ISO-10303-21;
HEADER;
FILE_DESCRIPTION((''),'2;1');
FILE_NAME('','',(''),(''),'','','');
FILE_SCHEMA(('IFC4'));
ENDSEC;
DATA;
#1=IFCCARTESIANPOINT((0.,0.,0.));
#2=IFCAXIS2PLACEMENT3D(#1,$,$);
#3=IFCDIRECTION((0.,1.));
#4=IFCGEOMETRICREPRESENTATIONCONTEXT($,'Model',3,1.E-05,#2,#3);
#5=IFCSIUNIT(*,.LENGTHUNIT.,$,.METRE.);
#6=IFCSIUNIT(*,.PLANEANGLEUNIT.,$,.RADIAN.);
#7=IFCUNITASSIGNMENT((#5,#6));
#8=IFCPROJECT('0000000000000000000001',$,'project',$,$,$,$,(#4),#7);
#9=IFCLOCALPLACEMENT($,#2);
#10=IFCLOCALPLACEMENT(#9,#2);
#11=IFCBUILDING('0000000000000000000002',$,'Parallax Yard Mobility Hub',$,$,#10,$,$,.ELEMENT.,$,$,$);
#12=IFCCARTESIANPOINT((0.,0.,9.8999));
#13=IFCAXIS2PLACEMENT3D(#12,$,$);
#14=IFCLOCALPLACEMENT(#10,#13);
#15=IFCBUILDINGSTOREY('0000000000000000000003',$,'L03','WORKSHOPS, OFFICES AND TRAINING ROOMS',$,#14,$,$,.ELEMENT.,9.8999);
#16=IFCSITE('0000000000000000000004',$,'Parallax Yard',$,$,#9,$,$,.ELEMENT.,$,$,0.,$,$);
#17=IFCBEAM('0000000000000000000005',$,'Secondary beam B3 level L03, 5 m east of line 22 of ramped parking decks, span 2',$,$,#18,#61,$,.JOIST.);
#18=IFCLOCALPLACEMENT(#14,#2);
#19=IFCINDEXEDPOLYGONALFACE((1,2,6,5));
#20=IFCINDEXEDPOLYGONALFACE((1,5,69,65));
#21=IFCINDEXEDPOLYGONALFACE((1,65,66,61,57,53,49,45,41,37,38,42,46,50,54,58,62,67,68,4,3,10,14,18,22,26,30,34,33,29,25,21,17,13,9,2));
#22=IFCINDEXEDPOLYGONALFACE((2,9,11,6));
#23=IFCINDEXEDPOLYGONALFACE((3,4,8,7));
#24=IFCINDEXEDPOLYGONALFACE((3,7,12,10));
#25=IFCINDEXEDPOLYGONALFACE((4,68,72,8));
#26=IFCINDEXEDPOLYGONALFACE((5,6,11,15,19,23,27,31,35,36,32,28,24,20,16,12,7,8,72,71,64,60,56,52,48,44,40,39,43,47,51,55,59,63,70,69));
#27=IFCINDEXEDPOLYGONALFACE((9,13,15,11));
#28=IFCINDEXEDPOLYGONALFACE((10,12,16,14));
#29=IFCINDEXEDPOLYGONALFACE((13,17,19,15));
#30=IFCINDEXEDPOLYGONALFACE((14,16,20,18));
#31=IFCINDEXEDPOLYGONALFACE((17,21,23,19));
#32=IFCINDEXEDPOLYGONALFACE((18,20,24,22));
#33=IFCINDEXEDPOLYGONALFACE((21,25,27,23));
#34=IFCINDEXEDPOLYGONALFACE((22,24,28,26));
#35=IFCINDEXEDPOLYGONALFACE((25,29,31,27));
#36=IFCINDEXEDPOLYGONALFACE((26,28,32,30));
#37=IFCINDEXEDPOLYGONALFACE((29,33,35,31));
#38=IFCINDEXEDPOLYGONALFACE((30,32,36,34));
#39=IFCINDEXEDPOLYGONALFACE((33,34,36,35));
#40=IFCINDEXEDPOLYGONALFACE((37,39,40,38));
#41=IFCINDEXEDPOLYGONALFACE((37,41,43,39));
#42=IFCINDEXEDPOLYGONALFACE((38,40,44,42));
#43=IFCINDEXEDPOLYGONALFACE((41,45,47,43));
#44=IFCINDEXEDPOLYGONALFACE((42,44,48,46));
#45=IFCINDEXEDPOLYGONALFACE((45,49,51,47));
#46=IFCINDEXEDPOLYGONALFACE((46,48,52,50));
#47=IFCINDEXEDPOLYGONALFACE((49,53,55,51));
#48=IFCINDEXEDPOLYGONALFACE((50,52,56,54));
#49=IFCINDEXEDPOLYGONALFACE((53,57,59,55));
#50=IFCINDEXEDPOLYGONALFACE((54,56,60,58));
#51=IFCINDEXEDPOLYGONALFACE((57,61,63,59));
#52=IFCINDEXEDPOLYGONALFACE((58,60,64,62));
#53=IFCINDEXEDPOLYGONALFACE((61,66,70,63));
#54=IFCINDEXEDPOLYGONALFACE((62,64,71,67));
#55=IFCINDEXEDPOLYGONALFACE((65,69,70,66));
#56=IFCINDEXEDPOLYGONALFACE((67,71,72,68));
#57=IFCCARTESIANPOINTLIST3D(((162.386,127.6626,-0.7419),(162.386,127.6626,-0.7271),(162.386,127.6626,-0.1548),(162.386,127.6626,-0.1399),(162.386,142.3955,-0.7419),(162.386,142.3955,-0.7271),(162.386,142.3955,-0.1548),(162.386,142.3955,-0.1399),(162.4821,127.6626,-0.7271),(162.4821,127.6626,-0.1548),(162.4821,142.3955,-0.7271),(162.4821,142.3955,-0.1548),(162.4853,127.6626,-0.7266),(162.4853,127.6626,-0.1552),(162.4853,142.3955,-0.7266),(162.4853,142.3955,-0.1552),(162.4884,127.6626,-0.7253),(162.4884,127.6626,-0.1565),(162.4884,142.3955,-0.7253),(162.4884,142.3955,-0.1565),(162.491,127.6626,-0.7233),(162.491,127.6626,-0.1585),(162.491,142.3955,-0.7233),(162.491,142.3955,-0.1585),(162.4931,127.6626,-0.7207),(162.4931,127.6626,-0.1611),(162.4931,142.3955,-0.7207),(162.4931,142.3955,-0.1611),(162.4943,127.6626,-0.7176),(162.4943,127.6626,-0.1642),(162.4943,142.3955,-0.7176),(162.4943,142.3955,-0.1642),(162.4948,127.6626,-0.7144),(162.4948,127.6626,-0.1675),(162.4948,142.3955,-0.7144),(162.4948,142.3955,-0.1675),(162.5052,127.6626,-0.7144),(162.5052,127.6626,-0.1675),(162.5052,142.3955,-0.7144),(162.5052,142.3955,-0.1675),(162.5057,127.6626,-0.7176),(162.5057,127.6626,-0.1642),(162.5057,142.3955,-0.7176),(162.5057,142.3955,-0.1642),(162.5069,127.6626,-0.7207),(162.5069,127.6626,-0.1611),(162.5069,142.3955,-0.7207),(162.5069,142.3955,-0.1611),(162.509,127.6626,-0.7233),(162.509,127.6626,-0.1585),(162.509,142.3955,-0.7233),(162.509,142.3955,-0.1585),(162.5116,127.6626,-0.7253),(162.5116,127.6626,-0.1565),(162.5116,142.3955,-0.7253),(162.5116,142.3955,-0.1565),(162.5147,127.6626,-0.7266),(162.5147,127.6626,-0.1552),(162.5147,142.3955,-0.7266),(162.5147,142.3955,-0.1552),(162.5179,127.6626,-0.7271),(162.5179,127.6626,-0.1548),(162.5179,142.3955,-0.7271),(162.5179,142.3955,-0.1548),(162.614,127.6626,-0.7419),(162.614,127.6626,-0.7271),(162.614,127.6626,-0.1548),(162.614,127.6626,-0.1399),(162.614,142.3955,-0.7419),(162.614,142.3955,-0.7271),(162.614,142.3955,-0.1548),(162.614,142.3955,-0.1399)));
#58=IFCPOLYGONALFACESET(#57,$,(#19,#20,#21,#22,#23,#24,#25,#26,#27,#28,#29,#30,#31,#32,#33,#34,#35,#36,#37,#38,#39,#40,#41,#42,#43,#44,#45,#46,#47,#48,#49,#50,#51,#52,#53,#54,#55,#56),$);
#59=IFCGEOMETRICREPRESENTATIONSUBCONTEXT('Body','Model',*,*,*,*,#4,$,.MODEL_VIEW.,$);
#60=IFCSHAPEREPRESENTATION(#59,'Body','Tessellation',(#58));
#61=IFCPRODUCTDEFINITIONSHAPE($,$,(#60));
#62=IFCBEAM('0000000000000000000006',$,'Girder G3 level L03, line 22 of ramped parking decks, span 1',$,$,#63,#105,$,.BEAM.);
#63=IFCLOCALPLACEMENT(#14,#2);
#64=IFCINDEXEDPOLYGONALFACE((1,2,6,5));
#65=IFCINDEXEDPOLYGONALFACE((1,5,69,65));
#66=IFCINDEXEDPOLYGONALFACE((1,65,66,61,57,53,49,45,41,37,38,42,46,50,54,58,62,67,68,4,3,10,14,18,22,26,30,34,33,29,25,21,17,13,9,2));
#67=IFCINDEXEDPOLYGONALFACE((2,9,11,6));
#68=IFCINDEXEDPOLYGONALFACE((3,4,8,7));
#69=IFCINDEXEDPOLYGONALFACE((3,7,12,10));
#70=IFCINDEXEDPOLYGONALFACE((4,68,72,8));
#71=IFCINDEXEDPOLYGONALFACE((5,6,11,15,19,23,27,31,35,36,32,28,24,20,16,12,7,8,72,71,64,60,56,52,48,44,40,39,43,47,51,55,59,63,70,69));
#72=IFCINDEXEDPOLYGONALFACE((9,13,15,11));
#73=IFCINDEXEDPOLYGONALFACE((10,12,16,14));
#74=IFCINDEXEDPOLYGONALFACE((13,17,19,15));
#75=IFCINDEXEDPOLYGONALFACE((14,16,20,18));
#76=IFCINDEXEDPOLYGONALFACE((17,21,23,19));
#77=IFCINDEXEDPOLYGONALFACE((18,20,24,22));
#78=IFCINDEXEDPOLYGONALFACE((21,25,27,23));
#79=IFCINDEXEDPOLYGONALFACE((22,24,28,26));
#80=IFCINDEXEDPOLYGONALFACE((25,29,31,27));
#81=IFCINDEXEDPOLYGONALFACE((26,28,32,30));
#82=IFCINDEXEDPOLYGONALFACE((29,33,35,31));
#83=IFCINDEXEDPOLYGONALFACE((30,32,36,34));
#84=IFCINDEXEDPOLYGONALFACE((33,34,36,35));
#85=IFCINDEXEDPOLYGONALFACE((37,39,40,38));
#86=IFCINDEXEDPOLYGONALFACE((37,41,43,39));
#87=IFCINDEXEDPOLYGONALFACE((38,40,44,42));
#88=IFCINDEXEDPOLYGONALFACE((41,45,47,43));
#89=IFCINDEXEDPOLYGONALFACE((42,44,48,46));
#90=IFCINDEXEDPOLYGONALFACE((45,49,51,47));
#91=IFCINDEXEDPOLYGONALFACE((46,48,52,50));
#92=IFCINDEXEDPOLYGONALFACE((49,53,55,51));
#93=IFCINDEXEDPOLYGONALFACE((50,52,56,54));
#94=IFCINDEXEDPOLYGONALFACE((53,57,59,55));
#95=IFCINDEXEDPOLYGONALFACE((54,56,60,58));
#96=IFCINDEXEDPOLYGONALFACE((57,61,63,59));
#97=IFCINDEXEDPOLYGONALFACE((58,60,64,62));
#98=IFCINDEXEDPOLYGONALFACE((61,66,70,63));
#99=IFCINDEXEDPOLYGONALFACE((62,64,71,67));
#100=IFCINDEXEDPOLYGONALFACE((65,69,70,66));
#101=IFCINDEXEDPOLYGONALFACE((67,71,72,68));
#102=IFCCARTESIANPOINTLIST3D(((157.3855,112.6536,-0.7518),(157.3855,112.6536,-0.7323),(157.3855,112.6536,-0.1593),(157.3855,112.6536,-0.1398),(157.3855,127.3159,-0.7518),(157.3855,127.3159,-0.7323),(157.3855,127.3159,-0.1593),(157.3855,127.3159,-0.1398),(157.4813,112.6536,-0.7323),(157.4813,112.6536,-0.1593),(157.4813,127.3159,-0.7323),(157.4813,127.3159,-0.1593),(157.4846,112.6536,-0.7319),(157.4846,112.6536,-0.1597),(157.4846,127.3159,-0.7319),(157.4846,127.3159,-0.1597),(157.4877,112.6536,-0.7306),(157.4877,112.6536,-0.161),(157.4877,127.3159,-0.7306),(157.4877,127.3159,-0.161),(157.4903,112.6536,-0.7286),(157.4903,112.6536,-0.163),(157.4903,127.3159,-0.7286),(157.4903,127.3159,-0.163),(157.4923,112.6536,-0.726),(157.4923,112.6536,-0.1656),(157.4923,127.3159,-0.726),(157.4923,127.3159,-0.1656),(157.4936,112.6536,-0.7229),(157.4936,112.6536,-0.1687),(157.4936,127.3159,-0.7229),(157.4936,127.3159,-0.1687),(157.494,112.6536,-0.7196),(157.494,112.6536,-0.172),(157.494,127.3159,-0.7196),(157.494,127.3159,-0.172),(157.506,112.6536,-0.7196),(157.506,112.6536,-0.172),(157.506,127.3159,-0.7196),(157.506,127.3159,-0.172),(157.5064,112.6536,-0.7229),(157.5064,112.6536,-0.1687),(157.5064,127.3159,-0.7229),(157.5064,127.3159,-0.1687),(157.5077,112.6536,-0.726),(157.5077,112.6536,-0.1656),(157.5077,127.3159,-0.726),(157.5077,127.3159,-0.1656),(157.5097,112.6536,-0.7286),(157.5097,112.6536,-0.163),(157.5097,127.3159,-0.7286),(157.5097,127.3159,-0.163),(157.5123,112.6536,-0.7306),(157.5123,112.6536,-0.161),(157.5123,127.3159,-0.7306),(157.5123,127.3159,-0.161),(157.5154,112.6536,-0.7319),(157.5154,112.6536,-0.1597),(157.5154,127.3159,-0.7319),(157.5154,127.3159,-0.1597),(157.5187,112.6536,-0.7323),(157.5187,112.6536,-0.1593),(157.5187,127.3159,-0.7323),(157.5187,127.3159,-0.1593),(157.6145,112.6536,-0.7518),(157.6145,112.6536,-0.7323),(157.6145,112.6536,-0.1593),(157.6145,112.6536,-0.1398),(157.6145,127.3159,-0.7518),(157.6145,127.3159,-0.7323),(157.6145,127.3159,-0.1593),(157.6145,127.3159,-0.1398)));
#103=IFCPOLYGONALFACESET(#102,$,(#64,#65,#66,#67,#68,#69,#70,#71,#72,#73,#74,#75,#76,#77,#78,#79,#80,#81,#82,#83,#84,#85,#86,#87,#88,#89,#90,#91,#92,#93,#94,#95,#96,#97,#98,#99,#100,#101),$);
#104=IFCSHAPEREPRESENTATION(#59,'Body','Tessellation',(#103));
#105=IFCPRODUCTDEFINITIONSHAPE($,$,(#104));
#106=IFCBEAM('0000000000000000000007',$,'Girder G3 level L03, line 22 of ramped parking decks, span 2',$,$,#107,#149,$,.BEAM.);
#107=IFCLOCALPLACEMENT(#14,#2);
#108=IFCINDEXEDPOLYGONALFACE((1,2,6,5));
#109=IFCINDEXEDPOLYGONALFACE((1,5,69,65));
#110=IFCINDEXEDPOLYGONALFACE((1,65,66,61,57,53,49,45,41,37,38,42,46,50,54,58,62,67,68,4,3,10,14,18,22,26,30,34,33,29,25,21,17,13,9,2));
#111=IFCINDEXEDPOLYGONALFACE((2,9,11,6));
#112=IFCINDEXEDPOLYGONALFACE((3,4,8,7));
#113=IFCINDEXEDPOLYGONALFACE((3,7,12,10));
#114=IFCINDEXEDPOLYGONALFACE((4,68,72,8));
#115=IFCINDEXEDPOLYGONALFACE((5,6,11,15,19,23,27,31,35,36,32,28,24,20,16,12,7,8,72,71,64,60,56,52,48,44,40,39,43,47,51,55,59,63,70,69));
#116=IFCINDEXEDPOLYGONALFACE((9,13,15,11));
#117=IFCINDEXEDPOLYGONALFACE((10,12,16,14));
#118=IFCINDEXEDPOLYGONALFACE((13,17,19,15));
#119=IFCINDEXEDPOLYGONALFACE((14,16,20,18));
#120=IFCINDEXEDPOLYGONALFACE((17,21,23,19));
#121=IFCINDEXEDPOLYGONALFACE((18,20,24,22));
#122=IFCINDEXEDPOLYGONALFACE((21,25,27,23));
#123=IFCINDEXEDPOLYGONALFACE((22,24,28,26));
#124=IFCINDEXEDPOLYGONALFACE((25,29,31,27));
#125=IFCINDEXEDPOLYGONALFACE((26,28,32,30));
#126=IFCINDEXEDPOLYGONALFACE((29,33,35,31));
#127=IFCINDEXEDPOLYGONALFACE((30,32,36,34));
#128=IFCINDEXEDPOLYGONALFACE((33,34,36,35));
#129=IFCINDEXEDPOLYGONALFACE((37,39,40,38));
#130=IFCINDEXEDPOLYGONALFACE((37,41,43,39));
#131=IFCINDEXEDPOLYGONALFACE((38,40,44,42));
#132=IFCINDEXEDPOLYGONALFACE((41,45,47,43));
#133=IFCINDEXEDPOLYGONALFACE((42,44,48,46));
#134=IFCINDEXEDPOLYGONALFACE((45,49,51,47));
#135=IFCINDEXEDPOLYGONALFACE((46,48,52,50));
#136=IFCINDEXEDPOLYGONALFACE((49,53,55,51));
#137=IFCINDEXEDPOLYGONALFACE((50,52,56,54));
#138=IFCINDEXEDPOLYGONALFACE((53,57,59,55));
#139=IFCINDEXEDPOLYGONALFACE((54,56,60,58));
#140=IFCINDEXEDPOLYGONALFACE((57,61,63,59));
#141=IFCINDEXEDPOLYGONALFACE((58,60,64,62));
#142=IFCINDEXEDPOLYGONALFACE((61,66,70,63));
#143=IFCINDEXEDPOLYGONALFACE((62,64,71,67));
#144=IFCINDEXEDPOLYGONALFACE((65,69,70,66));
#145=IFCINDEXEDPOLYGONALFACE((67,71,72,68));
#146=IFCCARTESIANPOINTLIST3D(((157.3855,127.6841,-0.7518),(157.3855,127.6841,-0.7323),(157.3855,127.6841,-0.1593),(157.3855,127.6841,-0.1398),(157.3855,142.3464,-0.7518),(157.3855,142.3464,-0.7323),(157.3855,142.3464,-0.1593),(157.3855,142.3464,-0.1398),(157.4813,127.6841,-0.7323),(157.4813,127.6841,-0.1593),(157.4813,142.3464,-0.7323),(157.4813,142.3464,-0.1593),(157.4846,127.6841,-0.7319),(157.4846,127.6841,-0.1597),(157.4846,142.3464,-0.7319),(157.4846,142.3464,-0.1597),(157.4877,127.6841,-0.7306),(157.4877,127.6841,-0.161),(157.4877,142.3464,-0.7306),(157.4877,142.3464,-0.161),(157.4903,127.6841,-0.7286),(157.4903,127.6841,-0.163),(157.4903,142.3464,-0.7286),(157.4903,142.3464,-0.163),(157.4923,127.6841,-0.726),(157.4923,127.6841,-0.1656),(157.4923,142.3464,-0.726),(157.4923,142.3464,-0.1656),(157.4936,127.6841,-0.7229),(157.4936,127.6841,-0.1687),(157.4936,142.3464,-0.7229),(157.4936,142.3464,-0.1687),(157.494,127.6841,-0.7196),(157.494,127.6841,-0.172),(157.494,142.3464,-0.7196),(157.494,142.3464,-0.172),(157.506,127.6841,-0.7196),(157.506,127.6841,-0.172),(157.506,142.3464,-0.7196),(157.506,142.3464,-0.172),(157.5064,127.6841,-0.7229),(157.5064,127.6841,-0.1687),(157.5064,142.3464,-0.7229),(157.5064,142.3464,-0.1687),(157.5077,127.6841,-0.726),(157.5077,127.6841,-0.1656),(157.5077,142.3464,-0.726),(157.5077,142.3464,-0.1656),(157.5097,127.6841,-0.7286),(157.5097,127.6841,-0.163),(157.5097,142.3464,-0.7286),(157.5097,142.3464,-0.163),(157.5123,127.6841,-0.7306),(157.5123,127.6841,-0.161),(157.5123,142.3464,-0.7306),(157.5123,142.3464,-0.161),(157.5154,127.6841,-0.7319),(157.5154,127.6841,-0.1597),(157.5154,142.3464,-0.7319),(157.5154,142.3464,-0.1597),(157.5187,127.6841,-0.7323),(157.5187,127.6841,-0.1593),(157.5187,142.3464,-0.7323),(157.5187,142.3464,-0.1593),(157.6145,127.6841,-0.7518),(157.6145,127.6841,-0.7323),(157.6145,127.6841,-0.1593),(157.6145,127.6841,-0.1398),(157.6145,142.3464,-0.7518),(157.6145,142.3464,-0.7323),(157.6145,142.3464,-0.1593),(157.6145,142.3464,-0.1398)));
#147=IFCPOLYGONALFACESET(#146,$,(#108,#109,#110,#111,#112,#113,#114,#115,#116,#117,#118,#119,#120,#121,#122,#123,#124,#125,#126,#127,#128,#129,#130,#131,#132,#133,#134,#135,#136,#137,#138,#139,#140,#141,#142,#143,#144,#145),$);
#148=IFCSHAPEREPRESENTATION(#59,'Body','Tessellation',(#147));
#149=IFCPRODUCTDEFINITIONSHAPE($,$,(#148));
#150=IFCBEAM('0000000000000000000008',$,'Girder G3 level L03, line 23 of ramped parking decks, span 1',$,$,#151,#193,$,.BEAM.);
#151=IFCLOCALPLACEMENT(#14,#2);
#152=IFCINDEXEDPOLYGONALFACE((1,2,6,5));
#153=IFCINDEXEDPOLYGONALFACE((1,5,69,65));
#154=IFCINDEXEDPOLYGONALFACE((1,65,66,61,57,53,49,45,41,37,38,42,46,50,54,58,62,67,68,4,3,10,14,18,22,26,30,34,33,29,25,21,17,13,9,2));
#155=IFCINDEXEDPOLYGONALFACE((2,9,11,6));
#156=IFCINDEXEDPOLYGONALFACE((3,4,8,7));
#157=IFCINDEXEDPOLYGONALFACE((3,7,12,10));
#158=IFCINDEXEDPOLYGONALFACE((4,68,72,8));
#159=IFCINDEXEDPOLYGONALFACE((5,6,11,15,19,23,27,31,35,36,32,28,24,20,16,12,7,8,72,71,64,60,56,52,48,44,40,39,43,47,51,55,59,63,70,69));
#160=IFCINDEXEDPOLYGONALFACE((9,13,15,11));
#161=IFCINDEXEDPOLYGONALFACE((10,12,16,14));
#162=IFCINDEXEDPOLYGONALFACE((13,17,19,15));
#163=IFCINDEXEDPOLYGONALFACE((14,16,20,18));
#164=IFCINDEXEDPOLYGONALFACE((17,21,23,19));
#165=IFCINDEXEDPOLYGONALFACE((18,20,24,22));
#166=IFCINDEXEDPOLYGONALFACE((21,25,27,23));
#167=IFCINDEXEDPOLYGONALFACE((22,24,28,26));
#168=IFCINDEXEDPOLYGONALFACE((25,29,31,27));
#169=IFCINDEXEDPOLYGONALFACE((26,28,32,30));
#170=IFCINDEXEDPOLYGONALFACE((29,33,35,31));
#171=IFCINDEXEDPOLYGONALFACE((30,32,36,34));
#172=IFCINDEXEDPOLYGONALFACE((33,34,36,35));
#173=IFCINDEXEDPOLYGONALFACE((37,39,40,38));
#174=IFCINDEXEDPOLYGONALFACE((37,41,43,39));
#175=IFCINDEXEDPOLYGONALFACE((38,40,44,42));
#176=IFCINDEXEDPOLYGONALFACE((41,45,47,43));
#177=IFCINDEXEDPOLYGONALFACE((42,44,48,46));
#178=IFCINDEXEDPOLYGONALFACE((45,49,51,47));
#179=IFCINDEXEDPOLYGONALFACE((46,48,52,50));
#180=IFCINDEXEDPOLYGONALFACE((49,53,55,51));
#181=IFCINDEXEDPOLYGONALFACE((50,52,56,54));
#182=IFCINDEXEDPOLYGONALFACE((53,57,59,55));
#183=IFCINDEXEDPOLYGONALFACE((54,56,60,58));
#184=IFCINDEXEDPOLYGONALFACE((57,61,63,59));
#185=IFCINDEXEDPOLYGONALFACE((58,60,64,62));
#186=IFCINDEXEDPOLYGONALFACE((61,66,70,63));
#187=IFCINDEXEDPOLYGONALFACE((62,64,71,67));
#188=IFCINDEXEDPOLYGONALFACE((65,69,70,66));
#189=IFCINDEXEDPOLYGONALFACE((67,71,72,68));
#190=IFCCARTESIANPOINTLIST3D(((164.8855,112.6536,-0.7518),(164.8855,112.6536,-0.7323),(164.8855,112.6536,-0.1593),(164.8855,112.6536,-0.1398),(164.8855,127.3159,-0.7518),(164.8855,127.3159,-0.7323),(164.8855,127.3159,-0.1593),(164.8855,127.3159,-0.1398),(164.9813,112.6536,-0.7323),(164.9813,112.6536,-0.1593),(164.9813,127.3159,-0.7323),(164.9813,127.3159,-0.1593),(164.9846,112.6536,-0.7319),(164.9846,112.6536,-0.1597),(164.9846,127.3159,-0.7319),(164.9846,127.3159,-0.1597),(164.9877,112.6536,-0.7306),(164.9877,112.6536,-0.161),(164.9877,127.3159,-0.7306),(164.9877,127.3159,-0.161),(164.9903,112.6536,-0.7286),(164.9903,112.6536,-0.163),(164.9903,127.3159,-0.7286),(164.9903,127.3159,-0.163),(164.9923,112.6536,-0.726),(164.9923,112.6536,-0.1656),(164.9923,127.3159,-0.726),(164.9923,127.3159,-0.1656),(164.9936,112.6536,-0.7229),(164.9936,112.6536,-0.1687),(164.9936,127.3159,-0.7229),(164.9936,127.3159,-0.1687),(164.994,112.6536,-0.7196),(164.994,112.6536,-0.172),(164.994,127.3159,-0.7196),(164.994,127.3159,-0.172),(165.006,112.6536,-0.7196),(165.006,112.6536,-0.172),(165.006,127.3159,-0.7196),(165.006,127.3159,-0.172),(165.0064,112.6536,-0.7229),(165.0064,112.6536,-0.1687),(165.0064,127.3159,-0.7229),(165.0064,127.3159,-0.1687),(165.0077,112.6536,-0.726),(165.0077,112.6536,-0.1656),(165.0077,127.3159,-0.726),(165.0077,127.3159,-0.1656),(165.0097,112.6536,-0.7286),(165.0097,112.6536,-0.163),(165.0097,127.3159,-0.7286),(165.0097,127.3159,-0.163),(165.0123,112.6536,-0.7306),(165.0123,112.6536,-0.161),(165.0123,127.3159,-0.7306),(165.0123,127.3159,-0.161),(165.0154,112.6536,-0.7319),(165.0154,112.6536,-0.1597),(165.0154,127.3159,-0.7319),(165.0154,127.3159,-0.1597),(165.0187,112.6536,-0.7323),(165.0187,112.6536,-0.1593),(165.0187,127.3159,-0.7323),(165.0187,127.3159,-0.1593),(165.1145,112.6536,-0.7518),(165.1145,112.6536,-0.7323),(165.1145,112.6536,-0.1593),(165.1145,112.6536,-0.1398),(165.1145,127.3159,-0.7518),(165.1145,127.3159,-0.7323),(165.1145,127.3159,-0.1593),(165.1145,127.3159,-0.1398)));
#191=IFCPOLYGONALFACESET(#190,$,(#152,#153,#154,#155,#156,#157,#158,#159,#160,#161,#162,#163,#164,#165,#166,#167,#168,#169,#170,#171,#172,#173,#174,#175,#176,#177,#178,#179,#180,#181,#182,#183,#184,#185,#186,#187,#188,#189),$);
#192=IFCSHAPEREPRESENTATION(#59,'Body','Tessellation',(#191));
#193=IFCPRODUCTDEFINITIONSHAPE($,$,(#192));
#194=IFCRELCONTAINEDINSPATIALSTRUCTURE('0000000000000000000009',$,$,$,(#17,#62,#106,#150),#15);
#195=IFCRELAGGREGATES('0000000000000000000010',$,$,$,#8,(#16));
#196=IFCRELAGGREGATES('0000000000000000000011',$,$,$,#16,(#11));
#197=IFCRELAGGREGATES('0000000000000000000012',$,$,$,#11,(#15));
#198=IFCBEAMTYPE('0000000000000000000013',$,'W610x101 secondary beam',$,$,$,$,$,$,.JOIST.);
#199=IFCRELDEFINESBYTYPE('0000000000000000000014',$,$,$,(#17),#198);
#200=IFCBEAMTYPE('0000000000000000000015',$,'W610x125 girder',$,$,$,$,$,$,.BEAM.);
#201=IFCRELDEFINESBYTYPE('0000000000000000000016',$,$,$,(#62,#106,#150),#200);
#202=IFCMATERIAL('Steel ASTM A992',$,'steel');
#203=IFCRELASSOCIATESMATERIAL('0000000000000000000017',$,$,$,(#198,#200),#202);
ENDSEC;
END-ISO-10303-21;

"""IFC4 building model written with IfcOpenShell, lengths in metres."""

from ifc_helpers import new_model, si_unit, direction, frame, origin, origin_2d, place, context, subcontext, project, spatial, i_section, extrude, material, material_profile, profile_set, type_object, element, save


model = new_model("IFC4")

# Units and contexts
model_context = context("Model", 3, precision=1e-05, world=origin(), true_north=direction((0.0, 1.0)))
body_context = subcontext(model_context, "Body", "Model", "MODEL_VIEW")
ifc_project = project(units=[si_unit("LENGTHUNIT", "METRE"), si_unit("PLANEANGLEUNIT", "RADIAN")], contexts=[model_context])

# Site, building, storey
site_placement = place(None, origin())
site = spatial("IfcSite", under=ifc_project, at=site_placement, Name="Parallax Yard", CompositionType="ELEMENT", RefElevation=0.0)
building_placement = place(site_placement, origin())
building = spatial("IfcBuilding", under=site, at=building_placement, Name="Parallax Yard Mobility Hub", CompositionType="ELEMENT")
storey_placement = place(building_placement, frame((0.0, 0.0, 9.8999)))
storey = spatial("IfcBuildingStorey", under=building, at=storey_placement, Name="L03", Description="WORKSHOPS, OFFICES AND TRAINING ROOMS", CompositionType="ELEMENT", Elevation=9.8999)

# Shared definitions
ifc_material_1 = material(Name="Steel ASTM A992", Category="steel")

# Beams
ifc_material_profile_1 = material_profile(ifc_material_1, i_section(OverallWidth=0.228, OverallDepth=0.6021, WebThickness=0.0105, FlangeThickness=0.0149, FilletRadius=0.0127, at=origin_2d()), Name="W610x101")
ifc_profile_set_1 = profile_set([ifc_material_profile_1], Name="Steel ASTM A992")
beam_type_1 = type_object("IfcBeamType", Name="W610x101 secondary beam", PredefinedType="JOIST", material=ifc_profile_set_1)
for number, where, z_axis, x_axis, name in (
    (1, (162.5, 127.6626, -0.4409), (0.0, 1.0, 0.0), (-1.0, 0.0, 0.0), "Secondary beam B3 level L03, 5 m east of line 22 of ramped parking decks, span 2"),
):
    element("IfcBeam", number, at=place(storey_placement, frame(where, z_axis=z_axis, x_axis=x_axis)), inside=storey, type_object=beam_type_1, Name=name, PredefinedType="JOIST", context=body_context, shape_type="SweptSolid", body=[
        extrude(i_section(OverallWidth=0.228, OverallDepth=0.6021, WebThickness=0.0105, FlangeThickness=0.0149, FilletRadius=0.0127, at=origin_2d()), origin(), (0.0, 0.0, 1.0), 14.7329),
    ])
ifc_material_profile_2 = material_profile(ifc_material_1, i_section(OverallWidth=0.229, OverallDepth=0.6121, WebThickness=0.012, FlangeThickness=0.0195, FilletRadius=0.0127, at=origin_2d()), Name="W610x125")
ifc_profile_set_2 = profile_set([ifc_material_profile_2], Name="Steel ASTM A992")
beam_type_2 = type_object("IfcBeamType", Name="W610x125 girder", PredefinedType="BEAM", material=ifc_profile_set_2)
for number, where, z_axis, x_axis, name in (
    (2, (157.5, 112.6536, -0.4458), (0.0, 1.0, 0.0), (-1.0, 0.0, 0.0), "Girder G3 level L03, line 22 of ramped parking decks, span 1"),
    (3, (157.5, 127.6841, -0.4458), (0.0, 1.0, 0.0), (-1.0, 0.0, 0.0), "Girder G3 level L03, line 22 of ramped parking decks, span 2"),
    (4, (165.0, 112.6536, -0.4458), (0.0, 1.0, 0.0), (-1.0, 0.0, 0.0), "Girder G3 level L03, line 23 of ramped parking decks, span 1"),
):
    element("IfcBeam", number, at=place(storey_placement, frame(where, z_axis=z_axis, x_axis=x_axis)), inside=storey, type_object=beam_type_2, Name=name, PredefinedType="BEAM", context=body_context, shape_type="SweptSolid", body=[
        extrude(i_section(OverallWidth=0.229, OverallDepth=0.6121, WebThickness=0.012, FlangeThickness=0.0195, FilletRadius=0.0127, at=origin_2d()), origin(), (0.0, 0.0, 1.0), 14.6624),
    ])

save(model, "model.ifc")
